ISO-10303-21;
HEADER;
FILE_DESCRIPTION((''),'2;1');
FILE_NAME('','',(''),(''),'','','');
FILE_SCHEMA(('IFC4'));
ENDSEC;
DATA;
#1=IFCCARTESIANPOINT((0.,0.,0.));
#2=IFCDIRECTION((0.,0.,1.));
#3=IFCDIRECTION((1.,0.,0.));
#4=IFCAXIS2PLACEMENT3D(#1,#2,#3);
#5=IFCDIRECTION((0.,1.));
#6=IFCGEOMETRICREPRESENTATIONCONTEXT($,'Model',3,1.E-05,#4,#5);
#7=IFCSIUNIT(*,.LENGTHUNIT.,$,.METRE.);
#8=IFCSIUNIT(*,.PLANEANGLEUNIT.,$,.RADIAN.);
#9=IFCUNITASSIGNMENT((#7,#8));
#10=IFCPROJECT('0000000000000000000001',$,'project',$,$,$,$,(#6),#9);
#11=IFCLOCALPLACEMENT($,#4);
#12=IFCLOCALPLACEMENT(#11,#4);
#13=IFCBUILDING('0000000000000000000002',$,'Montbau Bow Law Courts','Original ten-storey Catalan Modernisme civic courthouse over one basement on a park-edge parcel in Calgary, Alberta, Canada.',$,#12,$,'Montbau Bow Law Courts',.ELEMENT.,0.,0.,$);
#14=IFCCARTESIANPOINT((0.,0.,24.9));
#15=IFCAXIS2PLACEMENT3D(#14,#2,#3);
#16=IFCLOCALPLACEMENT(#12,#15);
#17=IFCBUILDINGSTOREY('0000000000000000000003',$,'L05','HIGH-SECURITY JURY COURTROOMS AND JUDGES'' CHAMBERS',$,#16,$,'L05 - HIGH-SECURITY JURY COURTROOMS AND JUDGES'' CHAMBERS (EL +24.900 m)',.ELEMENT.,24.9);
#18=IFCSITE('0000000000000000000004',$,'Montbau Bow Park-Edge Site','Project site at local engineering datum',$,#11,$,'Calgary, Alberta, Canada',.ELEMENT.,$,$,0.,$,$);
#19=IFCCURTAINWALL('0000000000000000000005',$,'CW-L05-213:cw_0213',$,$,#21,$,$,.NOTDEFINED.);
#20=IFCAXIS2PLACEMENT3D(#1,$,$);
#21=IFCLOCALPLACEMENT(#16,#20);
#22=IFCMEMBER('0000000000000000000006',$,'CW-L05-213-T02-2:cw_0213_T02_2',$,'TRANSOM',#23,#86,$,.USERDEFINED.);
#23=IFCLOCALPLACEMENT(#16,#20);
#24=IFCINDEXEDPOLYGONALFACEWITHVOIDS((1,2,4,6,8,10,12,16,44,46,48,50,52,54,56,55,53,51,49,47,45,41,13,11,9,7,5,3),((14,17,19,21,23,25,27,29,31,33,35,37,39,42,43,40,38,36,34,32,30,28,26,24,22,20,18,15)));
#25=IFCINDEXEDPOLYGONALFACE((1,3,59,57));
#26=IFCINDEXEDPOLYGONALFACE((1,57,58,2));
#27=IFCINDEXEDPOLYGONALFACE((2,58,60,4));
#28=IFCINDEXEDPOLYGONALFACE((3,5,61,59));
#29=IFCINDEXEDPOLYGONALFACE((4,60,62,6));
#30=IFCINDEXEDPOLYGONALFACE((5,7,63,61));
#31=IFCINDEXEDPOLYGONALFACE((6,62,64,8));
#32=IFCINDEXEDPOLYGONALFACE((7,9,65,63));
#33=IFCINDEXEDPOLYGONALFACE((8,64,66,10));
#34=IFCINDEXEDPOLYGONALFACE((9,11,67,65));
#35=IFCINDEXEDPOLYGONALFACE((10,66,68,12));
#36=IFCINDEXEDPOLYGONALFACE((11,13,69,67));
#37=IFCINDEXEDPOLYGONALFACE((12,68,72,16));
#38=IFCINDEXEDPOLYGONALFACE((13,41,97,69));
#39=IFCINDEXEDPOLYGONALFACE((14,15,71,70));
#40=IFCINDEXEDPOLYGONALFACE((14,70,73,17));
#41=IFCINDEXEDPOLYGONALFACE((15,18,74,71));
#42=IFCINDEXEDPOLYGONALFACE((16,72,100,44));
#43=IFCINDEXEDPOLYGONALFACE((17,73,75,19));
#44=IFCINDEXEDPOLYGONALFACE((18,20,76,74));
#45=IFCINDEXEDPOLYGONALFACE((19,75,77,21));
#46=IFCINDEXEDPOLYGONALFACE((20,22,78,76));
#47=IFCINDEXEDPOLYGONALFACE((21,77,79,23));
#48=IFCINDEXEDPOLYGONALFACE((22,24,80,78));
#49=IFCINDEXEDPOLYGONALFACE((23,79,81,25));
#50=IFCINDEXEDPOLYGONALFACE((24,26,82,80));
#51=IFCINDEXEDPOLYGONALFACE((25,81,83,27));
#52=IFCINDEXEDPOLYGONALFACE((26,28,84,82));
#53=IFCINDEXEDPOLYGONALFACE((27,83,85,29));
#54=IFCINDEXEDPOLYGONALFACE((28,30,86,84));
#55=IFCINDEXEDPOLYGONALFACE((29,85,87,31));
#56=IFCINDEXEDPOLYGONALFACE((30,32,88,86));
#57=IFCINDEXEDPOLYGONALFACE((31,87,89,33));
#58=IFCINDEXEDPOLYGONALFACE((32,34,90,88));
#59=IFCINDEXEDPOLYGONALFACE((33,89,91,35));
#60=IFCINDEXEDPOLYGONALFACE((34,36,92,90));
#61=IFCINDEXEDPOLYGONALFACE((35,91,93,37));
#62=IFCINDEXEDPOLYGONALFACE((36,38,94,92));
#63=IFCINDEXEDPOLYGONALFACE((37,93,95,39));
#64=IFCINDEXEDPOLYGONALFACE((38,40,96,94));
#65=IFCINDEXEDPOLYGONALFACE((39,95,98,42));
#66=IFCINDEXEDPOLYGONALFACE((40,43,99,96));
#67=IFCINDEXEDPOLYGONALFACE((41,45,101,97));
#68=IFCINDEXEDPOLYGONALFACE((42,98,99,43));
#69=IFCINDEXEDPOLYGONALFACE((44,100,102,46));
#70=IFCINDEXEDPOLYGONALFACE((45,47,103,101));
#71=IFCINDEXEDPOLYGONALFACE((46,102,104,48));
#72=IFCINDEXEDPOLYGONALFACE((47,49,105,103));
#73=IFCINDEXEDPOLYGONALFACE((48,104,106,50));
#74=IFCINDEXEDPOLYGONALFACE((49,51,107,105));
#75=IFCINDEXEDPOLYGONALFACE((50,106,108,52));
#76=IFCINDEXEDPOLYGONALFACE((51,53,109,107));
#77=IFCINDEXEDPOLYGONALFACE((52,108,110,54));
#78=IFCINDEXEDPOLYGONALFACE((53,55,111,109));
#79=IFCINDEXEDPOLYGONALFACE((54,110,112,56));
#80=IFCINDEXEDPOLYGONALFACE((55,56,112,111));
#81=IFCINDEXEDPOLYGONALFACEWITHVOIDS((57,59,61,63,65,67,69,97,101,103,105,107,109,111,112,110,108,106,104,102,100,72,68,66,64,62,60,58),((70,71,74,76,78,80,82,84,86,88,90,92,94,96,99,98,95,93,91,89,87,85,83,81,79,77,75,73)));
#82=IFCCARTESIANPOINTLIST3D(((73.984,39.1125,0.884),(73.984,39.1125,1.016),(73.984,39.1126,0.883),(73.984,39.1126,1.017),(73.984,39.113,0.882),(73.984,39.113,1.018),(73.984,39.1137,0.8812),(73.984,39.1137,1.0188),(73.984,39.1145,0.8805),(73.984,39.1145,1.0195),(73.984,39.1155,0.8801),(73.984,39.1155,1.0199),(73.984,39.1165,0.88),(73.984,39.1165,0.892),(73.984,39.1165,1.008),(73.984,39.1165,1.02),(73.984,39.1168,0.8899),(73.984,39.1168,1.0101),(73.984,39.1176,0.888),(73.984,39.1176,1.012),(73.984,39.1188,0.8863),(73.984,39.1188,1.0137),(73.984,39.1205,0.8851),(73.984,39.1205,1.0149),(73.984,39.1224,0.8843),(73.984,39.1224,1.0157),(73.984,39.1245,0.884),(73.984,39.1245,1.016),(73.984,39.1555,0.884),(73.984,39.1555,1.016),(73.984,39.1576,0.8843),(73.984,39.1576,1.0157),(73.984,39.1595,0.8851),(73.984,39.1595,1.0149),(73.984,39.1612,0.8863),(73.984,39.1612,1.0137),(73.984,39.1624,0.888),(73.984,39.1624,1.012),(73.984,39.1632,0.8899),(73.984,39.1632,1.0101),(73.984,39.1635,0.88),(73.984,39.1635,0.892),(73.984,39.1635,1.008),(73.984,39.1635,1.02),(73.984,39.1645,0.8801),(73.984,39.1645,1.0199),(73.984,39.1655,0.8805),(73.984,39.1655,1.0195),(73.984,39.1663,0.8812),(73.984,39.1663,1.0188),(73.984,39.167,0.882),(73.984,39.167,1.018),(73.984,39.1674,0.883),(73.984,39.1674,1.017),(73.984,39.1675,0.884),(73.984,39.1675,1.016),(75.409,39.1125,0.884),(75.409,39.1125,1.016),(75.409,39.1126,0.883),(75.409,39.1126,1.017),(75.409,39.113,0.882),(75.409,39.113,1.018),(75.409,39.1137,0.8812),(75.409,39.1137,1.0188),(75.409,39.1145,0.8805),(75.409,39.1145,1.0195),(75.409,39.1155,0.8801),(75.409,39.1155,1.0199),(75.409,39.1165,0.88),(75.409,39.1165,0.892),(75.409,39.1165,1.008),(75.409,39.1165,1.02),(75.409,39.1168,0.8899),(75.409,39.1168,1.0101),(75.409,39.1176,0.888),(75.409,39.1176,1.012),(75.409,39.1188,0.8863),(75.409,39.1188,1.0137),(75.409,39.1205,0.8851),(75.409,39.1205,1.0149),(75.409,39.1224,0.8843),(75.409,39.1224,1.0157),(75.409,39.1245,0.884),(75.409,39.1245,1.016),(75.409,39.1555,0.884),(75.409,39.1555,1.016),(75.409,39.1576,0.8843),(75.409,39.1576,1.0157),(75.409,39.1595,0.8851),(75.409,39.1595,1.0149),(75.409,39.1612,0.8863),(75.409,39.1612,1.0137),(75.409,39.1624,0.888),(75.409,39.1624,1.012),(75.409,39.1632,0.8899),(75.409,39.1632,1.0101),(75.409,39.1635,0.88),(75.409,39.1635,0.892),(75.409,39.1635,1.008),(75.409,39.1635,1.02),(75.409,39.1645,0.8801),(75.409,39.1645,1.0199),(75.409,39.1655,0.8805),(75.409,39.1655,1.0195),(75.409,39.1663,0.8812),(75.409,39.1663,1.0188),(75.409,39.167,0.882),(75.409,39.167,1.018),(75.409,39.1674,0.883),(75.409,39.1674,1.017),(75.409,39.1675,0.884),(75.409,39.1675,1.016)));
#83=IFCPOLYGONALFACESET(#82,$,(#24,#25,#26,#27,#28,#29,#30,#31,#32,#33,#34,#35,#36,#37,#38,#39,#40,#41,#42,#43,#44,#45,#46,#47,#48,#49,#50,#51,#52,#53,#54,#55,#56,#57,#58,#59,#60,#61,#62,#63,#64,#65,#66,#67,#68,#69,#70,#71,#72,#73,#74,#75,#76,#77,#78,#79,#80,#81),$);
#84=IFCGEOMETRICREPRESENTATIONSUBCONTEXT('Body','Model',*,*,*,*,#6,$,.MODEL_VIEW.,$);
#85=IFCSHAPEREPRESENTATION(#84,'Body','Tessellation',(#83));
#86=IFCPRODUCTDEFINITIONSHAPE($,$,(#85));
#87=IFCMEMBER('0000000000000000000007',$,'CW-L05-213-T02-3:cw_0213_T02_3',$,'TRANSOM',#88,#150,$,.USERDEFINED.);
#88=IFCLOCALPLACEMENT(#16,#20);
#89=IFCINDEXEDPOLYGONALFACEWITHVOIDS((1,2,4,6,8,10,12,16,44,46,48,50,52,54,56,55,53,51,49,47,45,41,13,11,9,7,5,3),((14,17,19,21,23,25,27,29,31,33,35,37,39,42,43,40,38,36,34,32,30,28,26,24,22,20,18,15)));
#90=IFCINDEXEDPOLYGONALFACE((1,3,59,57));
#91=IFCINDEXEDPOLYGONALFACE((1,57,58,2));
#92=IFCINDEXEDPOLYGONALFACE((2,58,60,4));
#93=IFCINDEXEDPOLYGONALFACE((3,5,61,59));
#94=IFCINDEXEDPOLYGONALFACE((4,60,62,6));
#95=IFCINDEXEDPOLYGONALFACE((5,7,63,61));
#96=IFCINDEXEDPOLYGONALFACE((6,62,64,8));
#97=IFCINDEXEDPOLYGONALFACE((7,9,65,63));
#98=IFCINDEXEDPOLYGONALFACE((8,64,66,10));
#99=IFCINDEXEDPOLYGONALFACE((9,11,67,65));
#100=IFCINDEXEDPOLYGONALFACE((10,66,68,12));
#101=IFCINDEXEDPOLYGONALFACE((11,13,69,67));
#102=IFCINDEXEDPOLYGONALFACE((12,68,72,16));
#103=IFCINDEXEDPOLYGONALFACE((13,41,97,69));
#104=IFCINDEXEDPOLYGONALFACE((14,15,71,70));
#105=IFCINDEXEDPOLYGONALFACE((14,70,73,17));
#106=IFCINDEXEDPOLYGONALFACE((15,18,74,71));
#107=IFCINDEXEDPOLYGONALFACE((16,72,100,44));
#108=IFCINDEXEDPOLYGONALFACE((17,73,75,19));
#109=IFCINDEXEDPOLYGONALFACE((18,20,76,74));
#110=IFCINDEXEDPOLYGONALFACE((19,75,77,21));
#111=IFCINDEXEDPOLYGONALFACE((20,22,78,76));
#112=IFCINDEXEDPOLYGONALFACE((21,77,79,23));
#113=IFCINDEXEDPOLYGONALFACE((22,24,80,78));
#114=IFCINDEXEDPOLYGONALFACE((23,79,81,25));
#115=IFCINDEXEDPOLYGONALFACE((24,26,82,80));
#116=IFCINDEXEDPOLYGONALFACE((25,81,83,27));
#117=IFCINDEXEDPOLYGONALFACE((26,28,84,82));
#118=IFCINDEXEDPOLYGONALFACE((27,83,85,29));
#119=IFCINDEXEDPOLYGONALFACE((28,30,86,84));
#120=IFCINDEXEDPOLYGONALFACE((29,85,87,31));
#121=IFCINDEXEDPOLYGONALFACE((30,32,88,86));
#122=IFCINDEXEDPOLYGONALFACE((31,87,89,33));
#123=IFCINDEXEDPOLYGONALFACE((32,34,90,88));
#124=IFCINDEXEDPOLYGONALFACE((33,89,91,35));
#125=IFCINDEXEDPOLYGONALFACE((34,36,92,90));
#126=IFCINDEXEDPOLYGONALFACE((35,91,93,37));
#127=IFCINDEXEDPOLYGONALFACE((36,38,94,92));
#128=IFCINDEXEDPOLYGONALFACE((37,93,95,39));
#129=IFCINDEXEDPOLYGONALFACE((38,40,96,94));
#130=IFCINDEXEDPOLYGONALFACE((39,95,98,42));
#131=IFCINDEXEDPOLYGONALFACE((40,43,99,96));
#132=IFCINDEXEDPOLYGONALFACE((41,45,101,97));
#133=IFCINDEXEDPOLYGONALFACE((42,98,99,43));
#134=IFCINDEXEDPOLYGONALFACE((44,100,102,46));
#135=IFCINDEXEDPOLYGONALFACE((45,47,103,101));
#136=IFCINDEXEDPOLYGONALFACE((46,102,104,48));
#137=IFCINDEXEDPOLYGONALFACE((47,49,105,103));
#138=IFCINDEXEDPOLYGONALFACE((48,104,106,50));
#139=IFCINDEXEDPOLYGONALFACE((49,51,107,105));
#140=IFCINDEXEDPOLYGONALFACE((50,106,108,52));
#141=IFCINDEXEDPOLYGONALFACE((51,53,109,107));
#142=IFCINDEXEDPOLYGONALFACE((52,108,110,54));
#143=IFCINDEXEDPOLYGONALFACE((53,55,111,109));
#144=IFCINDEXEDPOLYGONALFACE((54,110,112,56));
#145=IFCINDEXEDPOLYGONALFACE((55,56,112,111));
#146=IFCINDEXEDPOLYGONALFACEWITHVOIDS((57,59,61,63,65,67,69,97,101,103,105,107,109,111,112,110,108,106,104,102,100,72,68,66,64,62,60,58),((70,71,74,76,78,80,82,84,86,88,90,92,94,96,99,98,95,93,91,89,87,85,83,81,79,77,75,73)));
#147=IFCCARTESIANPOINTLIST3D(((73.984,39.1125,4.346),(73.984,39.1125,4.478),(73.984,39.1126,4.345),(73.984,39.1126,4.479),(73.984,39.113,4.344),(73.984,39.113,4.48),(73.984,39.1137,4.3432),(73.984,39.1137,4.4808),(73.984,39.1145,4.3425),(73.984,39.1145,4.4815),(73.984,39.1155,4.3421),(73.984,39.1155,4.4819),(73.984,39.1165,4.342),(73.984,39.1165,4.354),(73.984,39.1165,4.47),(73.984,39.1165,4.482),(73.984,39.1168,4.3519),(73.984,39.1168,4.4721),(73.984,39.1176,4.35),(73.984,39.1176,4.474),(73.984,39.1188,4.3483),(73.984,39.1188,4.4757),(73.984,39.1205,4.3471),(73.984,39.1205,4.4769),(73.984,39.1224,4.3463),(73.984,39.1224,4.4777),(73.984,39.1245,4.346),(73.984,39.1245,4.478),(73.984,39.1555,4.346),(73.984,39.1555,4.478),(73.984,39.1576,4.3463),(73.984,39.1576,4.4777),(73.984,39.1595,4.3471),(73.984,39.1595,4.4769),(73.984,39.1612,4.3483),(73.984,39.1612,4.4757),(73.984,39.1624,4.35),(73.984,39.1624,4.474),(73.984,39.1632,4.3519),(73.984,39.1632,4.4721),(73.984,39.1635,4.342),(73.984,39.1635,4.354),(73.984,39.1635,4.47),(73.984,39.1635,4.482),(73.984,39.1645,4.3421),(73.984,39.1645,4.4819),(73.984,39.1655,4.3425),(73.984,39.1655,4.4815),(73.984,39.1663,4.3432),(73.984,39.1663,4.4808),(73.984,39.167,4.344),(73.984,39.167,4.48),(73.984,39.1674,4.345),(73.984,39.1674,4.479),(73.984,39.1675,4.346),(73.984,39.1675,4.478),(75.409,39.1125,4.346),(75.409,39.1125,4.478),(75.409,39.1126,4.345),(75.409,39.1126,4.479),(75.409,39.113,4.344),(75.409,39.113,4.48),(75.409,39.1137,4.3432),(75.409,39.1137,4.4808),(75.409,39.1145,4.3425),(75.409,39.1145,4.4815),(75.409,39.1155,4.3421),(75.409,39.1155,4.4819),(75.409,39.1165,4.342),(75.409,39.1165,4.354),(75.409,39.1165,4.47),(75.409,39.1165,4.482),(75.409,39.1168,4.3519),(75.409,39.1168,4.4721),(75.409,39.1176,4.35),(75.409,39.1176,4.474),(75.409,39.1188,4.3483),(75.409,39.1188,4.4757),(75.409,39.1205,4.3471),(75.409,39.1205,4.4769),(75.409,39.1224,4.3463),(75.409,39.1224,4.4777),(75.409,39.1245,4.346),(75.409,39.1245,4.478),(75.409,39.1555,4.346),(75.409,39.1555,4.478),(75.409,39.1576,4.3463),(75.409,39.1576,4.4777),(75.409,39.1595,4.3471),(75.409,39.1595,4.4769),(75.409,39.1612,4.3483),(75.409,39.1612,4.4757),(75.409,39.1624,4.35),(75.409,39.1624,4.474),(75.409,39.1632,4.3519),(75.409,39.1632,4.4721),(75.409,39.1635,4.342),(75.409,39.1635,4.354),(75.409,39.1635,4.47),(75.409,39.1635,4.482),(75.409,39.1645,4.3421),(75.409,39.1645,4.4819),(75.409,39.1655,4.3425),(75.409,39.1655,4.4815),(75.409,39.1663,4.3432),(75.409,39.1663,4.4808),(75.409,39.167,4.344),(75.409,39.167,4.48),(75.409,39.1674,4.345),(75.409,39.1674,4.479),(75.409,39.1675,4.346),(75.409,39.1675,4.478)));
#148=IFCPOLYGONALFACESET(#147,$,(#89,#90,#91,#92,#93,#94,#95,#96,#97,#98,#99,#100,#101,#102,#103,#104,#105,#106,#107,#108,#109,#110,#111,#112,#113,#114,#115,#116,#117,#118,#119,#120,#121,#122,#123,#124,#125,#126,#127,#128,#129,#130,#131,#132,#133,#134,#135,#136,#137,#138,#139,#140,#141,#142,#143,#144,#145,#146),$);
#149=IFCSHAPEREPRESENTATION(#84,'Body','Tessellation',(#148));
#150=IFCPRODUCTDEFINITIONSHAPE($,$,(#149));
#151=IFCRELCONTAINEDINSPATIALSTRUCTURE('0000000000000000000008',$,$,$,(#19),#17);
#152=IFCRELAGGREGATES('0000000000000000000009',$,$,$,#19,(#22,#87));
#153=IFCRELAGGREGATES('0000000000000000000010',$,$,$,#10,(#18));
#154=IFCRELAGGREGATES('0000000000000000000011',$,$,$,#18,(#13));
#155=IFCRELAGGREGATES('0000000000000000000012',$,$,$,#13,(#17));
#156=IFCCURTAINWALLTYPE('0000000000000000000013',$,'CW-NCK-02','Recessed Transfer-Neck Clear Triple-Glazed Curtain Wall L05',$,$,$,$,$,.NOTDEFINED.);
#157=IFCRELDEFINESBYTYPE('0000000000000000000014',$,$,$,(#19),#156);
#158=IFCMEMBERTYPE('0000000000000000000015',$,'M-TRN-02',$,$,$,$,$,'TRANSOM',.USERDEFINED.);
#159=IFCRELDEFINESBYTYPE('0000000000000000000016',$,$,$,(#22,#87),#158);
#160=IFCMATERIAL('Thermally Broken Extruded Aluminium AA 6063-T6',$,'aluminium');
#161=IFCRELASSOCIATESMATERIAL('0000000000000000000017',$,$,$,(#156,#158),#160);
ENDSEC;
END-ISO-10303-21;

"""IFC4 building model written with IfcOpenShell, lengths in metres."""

from ifc_helpers import new_model, si_unit, direction, frame, origin_with_axes, origin_2d_with_axis, place, context, subcontext, project, spatial, hollow_rectangle, extrude, material, material_profile, profile_set, type_object, element, aggregate, save


model = new_model("IFC4")

# Units and contexts
model_context = context("Model", 3, precision=1e-05, world=origin_with_axes(), true_north=direction((0.0, 1.0)))
body_context = subcontext(model_context, "Body", "Model", "MODEL_VIEW")
ifc_project = project(units=[si_unit("LENGTHUNIT", "METRE"), si_unit("PLANEANGLEUNIT", "RADIAN")], contexts=[model_context])

# Site, building, storey
site_placement = place(None, origin_with_axes())
site = spatial("IfcSite", under=ifc_project, at=site_placement, Name="Montbau Bow Park-Edge Site", Description="Project site at local engineering datum", LongName="Calgary, Alberta, Canada", CompositionType="ELEMENT", RefElevation=0.0)
building_placement = place(site_placement, origin_with_axes())
building = spatial("IfcBuilding", under=site, at=building_placement, Name="Montbau Bow Law Courts", Description="Original ten-storey Catalan Modernisme civic courthouse over one basement on a park-edge parcel in Calgary, Alberta, Canada.", LongName="Montbau Bow Law Courts", CompositionType="ELEMENT", ElevationOfRefHeight=0.0, ElevationOfTerrain=0.0)
storey_placement = place(building_placement, frame((0.0, 0.0, 24.9), z_axis=(0.0, 0.0, 1.0), x_axis=(1.0, 0.0, 0.0)))
storey = spatial("IfcBuildingStorey", under=building, at=storey_placement, Name="L05", Description="HIGH-SECURITY JURY COURTROOMS AND JUDGES' CHAMBERS", LongName="L05 - HIGH-SECURITY JURY COURTROOMS AND JUDGES' CHAMBERS (EL +24.900 m)", CompositionType="ELEMENT", Elevation=24.9)

# Curtain wall, members
ifc_material_1 = material(Name="Thermally Broken Extruded Aluminium AA 6063-T6", Category="aluminium")
curtain_wall_type = type_object("IfcCurtainWallType", Name="CW-NCK-02", Description="Recessed Transfer-Neck Clear Triple-Glazed Curtain Wall L05", PredefinedType="NOTDEFINED", material=ifc_material_1)
curtain_wall_placement = place(None, frame((72.44, 39.14, 24.9), z_axis=(0.0, 0.0, 1.0), x_axis=(1.0, 0.0, 0.0)))
curtain_wall = element("IfcCurtainWall", 1, at=curtain_wall_placement, inside=storey, type_object=curtain_wall_type, Name="CW-L05-213:cw_0213", PredefinedType="NOTDEFINED")
ifc_material_profile_1 = material_profile(ifc_material_1, hollow_rectangle(XDim=0.055, YDim=0.14, WallThickness=0.004, InnerFilletRadius=0.008, OuterFilletRadius=0.004, at=origin_2d_with_axis()), Name="CWT-140X55", Category="Main", Priority=0)
ifc_profile_set_1 = profile_set([ifc_material_profile_1], Name="Thermally Broken Extruded Aluminium AA 6063-T6")
member_type_1 = type_object("IfcMemberType", Name="M-TRN-02", ElementType="TRANSOM", PredefinedType="USERDEFINED", material=ifc_profile_set_1)
member_1_placement = place(None, frame((73.984, 39.14, 25.85), z_axis=(1.0, 0.0, 0.0), x_axis=(0.0, 1.0, 0.0)))
member_1 = element("IfcMember", 2, at=member_1_placement, type_object=member_type_1, Name="CW-L05-213-T02-2:cw_0213_T02_2", ObjectType="TRANSOM", PredefinedType="USERDEFINED", context=body_context, shape_type="SweptSolid", body=[
    extrude(hollow_rectangle(XDim=0.055, YDim=0.14, WallThickness=0.004, InnerFilletRadius=0.008, OuterFilletRadius=0.004, at=origin_2d_with_axis()), origin_with_axes(), (0.0, 0.0, 1.0), 1.425),
])
member_2_placement = place(None, frame((73.984, 39.14, 29.312), z_axis=(1.0, 0.0, 0.0), x_axis=(0.0, 1.0, 0.0)))
member_2 = element("IfcMember", 3, at=member_2_placement, type_object=member_type_1, Name="CW-L05-213-T02-3:cw_0213_T02_3", ObjectType="TRANSOM", PredefinedType="USERDEFINED", context=body_context, shape_type="SweptSolid", body=[
    extrude(hollow_rectangle(XDim=0.055, YDim=0.14, WallThickness=0.004, InnerFilletRadius=0.008, OuterFilletRadius=0.004, at=origin_2d_with_axis()), origin_with_axes(), (0.0, 0.0, 1.0), 1.425),
])
aggregate(curtain_wall, [member_1, member_2])

save(model, "model.ifc")
